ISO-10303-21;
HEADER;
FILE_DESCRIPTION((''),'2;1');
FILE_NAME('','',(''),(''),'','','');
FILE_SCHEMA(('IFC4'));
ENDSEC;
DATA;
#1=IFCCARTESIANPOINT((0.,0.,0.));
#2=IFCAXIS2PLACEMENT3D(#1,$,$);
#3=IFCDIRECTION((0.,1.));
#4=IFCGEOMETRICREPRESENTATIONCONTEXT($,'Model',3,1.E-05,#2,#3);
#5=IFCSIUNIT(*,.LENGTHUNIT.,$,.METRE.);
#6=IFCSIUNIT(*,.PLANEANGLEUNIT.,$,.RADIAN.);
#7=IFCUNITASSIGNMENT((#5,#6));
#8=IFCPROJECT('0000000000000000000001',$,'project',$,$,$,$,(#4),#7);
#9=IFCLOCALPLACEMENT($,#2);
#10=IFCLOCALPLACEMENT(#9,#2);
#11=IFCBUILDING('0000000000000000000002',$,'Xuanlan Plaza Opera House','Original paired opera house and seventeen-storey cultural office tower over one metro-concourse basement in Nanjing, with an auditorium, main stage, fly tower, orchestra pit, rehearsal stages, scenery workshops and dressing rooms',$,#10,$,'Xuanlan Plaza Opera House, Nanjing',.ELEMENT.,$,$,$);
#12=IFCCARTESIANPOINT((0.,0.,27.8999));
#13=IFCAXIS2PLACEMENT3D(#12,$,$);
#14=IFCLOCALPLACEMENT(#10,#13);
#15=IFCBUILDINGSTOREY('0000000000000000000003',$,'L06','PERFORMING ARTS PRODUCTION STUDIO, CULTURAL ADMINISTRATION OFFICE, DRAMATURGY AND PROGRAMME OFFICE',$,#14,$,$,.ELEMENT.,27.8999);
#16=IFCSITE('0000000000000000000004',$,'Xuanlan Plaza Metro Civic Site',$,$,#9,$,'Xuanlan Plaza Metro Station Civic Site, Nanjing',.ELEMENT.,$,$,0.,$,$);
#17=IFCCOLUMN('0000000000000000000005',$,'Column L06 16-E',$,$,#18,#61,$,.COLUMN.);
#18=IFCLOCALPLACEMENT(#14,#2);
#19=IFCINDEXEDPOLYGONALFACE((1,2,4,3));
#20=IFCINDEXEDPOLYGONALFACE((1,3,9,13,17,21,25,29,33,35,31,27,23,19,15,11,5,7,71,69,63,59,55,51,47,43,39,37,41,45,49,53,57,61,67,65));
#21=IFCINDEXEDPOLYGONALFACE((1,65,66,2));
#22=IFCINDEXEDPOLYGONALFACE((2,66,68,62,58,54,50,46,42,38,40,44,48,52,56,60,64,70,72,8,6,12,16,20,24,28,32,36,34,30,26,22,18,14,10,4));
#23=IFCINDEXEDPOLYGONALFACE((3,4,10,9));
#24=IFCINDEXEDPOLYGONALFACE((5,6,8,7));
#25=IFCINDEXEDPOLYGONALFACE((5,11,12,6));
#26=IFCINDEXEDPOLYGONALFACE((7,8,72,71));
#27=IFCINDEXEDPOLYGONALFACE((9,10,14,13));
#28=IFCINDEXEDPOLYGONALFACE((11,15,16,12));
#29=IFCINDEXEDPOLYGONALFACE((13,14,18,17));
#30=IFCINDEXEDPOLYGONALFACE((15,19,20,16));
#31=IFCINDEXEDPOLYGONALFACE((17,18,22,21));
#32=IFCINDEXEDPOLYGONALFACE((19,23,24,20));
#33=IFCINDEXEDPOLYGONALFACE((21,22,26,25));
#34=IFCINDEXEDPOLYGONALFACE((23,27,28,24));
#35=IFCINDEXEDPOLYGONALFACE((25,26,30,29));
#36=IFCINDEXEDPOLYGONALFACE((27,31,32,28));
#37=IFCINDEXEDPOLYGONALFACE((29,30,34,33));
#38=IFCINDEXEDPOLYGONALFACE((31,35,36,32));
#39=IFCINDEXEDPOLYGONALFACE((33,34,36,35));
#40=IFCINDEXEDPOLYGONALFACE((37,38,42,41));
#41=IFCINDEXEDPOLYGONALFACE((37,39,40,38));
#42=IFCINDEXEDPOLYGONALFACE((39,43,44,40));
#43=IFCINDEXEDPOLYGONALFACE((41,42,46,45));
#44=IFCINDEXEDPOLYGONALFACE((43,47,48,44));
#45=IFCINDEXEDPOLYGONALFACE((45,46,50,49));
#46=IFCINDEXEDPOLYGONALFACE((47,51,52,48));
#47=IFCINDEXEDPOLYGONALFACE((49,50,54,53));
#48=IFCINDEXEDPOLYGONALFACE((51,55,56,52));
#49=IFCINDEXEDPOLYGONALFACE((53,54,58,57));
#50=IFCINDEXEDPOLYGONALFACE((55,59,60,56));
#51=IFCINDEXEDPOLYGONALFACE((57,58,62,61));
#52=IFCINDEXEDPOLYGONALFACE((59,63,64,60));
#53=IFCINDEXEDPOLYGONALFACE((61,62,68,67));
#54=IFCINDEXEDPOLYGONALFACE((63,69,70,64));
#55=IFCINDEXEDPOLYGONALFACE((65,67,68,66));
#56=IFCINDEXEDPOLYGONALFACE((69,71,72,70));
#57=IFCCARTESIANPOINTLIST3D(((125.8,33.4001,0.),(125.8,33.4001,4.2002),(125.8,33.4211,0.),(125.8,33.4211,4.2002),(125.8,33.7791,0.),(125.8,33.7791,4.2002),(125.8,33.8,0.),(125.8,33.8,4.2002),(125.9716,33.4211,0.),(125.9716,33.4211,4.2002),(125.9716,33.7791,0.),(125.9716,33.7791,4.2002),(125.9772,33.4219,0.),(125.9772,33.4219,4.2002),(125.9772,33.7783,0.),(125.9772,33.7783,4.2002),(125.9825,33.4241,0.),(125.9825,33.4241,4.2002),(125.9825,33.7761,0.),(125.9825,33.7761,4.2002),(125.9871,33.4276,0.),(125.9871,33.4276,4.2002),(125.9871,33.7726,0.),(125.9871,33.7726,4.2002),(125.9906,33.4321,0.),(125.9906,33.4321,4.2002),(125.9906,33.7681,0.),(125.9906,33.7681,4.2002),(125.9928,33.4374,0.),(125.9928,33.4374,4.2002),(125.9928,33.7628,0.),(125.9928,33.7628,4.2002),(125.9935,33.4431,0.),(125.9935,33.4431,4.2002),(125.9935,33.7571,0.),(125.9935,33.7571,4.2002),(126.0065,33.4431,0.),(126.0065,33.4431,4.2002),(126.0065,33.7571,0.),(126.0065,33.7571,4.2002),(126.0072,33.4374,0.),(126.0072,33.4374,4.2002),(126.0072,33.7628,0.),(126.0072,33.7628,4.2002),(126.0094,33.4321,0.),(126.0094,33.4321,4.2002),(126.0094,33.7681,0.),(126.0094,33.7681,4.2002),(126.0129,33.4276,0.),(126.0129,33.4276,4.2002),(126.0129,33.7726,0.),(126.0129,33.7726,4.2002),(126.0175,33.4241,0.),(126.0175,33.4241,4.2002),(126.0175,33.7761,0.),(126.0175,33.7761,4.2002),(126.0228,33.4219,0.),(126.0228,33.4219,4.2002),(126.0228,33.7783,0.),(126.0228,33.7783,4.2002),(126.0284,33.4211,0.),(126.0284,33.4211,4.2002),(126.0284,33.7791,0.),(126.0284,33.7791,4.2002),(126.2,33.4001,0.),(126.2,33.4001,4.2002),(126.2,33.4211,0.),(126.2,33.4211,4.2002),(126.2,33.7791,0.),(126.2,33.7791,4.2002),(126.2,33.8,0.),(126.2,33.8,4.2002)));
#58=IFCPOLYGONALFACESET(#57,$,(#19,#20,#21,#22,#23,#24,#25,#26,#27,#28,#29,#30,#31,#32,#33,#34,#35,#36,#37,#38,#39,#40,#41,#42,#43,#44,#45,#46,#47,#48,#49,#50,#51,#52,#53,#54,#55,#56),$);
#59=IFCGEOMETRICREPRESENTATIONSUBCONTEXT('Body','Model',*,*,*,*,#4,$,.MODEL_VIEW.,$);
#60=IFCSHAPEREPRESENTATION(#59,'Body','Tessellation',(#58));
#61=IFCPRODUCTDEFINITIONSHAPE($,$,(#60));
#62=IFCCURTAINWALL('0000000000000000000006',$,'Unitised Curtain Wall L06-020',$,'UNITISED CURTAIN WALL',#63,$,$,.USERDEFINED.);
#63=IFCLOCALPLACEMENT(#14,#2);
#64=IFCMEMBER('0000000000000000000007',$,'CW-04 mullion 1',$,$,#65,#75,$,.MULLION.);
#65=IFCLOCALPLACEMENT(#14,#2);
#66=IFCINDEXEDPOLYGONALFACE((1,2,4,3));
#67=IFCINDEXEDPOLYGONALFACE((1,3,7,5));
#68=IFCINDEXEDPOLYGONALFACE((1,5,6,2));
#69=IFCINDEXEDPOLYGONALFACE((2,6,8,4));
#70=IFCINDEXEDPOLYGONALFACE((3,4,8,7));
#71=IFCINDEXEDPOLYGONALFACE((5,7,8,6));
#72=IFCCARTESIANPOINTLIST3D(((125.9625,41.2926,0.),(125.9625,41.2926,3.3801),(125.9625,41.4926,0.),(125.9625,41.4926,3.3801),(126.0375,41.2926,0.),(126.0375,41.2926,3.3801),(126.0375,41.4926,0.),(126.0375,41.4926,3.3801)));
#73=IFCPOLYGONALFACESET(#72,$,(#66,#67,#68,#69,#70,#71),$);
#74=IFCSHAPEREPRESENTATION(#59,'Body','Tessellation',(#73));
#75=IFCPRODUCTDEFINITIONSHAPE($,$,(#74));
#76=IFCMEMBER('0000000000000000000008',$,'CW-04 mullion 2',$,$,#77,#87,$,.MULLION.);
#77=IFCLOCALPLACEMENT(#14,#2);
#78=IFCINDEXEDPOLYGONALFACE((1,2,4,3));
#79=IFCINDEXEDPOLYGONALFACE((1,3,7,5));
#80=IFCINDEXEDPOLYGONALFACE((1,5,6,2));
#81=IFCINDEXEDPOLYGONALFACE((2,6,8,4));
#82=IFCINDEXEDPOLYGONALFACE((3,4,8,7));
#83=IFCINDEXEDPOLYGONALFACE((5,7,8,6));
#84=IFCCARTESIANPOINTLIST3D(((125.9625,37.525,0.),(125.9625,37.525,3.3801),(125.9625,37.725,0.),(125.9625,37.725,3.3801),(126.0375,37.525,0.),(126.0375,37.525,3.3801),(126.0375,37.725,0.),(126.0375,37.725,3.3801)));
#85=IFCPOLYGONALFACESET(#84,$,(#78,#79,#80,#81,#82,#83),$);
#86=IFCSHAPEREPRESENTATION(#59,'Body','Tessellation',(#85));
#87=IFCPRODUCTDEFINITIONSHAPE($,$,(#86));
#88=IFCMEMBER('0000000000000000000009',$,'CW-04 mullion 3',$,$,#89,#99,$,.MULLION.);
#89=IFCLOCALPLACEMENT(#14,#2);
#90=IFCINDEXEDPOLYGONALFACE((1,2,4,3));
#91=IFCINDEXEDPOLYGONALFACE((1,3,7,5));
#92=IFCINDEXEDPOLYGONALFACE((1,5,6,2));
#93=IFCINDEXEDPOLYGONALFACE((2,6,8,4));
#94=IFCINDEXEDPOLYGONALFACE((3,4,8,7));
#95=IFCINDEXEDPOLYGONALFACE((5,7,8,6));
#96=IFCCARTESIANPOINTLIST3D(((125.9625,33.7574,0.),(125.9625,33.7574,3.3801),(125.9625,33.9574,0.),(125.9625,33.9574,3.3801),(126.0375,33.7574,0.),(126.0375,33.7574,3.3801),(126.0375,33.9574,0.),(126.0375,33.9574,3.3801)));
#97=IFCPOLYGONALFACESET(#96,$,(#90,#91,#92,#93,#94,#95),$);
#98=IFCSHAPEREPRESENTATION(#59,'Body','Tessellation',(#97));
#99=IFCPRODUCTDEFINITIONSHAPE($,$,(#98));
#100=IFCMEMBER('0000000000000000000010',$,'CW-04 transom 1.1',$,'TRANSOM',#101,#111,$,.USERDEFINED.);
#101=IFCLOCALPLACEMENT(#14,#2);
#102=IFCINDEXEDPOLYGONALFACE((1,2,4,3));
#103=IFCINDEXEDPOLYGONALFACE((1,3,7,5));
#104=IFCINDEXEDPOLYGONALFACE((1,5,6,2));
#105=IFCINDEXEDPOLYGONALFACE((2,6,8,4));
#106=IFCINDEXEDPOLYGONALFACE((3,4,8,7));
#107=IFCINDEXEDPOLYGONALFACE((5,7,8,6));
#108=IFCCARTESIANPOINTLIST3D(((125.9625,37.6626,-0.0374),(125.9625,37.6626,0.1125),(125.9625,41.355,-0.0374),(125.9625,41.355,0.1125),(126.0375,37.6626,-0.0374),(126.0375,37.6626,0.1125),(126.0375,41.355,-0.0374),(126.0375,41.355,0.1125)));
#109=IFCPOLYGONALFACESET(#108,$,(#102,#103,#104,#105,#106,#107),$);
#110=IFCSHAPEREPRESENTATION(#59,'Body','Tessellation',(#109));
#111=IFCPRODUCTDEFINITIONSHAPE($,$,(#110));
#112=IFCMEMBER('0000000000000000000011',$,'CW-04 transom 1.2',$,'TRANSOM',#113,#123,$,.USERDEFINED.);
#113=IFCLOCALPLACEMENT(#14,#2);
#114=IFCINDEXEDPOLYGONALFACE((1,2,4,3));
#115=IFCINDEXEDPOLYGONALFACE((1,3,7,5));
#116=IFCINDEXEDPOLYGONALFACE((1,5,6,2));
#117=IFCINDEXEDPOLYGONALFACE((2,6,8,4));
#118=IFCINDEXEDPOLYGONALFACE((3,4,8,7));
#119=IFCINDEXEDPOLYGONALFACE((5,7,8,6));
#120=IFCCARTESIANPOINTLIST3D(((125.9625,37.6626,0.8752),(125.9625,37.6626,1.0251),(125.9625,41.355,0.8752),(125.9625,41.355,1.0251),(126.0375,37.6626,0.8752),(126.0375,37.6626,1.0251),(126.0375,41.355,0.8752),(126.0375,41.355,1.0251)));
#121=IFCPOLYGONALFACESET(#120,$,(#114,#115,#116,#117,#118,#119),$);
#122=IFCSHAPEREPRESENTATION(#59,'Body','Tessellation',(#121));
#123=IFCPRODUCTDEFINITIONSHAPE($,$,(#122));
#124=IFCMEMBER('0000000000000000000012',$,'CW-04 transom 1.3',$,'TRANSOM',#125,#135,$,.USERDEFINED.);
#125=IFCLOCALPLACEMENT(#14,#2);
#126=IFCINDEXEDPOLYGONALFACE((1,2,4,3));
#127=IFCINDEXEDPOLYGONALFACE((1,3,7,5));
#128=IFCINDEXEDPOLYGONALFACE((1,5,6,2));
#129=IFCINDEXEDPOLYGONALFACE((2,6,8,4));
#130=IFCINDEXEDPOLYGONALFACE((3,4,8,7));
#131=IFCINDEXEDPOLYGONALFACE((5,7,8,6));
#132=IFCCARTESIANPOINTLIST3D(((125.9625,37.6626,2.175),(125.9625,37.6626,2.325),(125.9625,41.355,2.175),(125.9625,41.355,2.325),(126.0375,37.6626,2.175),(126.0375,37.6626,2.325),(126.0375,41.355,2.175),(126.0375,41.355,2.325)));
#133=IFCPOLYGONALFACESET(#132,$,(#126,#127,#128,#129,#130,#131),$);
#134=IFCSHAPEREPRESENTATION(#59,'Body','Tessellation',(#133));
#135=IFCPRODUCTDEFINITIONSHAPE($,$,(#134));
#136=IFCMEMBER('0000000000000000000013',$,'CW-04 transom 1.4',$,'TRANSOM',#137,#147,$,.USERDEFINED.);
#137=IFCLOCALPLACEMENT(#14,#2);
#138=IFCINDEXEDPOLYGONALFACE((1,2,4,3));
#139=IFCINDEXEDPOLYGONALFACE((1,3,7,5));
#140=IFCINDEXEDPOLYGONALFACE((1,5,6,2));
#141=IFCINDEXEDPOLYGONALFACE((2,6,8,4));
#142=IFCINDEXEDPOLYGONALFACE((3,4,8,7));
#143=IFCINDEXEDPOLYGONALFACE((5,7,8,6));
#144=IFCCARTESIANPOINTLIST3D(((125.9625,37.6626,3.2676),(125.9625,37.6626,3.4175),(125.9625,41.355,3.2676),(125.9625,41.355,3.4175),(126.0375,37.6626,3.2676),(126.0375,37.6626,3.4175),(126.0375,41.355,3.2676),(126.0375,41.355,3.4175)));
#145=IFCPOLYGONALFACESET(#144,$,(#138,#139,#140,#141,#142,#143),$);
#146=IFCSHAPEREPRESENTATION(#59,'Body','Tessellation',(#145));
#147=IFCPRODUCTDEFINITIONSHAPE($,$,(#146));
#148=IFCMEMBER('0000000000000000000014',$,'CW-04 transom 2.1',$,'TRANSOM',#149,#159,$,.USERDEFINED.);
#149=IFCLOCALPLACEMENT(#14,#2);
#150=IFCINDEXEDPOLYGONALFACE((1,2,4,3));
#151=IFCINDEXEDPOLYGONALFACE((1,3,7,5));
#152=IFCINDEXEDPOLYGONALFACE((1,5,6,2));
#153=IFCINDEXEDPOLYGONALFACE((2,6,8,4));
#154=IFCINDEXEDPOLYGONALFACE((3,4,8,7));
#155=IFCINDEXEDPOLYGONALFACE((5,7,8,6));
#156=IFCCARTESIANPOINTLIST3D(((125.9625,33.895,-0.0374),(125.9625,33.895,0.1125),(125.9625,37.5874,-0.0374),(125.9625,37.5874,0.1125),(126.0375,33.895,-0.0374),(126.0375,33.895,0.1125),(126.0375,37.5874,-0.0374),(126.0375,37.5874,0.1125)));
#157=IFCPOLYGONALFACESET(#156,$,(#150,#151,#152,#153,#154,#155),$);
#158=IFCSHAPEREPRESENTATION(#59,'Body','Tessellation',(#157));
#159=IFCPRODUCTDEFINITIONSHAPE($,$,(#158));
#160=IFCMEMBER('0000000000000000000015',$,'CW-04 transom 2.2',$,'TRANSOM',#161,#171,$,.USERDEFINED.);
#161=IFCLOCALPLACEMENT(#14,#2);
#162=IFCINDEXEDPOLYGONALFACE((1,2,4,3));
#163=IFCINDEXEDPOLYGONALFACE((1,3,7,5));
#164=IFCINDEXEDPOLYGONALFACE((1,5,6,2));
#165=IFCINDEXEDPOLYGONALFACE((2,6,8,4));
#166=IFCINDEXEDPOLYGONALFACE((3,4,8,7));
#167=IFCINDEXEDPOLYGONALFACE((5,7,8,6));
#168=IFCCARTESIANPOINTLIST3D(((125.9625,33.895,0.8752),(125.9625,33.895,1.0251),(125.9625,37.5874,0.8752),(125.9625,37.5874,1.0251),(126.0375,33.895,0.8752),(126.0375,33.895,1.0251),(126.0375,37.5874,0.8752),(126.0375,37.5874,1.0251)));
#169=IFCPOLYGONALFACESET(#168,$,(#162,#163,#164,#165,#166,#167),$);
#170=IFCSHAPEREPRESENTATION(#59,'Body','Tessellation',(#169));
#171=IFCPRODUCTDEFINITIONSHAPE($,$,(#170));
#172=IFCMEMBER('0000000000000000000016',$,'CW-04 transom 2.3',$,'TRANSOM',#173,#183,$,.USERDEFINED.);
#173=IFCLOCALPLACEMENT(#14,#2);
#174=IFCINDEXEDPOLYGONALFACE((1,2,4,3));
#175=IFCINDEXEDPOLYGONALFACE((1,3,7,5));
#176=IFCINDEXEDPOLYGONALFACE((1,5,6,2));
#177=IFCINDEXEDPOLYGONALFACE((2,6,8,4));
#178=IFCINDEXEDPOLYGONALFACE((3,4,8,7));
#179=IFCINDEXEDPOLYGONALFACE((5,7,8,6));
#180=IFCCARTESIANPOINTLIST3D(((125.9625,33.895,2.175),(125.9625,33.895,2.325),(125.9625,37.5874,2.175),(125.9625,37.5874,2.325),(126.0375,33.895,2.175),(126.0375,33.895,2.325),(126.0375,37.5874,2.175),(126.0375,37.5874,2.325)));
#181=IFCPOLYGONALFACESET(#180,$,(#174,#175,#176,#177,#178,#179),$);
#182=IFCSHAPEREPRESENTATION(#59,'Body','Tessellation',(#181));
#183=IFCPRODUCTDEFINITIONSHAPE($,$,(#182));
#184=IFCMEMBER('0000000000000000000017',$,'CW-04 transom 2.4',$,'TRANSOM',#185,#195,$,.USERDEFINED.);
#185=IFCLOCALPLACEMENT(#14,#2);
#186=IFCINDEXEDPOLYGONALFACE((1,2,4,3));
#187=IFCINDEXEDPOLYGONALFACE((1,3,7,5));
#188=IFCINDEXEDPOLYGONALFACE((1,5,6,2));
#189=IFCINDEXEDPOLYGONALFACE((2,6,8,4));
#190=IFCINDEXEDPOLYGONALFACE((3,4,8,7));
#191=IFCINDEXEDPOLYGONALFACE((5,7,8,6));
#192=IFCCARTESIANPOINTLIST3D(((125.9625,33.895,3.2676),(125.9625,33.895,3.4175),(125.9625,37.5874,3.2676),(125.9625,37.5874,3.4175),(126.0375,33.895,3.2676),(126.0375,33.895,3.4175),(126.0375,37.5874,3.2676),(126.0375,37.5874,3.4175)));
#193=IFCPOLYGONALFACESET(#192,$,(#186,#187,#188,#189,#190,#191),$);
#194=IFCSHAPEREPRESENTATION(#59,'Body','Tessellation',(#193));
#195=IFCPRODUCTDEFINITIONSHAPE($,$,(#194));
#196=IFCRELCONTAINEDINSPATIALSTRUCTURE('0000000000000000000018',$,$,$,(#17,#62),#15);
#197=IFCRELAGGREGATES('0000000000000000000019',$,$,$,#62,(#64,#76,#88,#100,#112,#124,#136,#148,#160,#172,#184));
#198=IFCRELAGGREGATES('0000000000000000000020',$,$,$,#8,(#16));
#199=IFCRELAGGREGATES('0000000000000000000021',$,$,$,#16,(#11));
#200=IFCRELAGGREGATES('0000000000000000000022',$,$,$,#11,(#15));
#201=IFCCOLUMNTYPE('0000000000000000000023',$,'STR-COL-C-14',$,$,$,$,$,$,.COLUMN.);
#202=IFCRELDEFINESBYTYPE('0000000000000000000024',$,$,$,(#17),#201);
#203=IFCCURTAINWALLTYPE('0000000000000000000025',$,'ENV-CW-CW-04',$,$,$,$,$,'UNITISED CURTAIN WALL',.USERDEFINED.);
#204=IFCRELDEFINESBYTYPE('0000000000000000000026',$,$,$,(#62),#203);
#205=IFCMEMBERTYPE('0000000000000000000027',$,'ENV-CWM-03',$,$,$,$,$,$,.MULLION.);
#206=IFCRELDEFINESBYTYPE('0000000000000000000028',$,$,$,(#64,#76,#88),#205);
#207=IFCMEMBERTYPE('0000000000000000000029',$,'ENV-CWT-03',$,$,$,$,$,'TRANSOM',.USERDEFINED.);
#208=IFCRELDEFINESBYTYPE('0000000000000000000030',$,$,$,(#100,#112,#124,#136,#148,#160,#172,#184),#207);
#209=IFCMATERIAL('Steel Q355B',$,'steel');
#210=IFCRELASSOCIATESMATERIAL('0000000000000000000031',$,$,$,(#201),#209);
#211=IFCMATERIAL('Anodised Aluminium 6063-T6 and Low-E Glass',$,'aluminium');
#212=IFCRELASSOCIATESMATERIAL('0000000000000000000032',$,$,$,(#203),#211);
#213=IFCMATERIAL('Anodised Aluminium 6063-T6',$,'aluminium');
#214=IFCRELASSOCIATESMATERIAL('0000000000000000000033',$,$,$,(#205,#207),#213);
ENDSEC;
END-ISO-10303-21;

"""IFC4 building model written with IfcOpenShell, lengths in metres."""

from ifc_helpers import new_model, si_unit, direction, frame, origin, origin_2d, place, context, subcontext, project, spatial, rectangle, i_section, extrude, material, material_profile, profile_set, type_object, element, aggregate, save


model = new_model("IFC4")

# Units and contexts
model_context = context("Model", 3, precision=1e-05, world=origin(), true_north=direction((0.0, 1.0)))
body_context = subcontext(model_context, "Body", "Model", "MODEL_VIEW")
ifc_project = project(units=[si_unit("LENGTHUNIT", "METRE"), si_unit("PLANEANGLEUNIT", "RADIAN")], contexts=[model_context])

# Site, building, storey
site_placement = place(None, origin())
site = spatial("IfcSite", under=ifc_project, at=site_placement, Name="Xuanlan Plaza Metro Civic Site", LongName="Xuanlan Plaza Metro Station Civic Site, Nanjing", CompositionType="ELEMENT", RefElevation=0.0)
building_placement = place(site_placement, origin())
building = spatial("IfcBuilding", under=site, at=building_placement, Name="Xuanlan Plaza Opera House", Description="Original paired opera house and seventeen-storey cultural office tower over one metro-concourse basement in Nanjing, with an auditorium, main stage, fly tower, orchestra pit, rehearsal stages, scenery workshops and dressing rooms", LongName="Xuanlan Plaza Opera House, Nanjing", CompositionType="ELEMENT")
storey_placement = place(building_placement, frame((0.0, 0.0, 27.8999)))
storey = spatial("IfcBuildingStorey", under=building, at=storey_placement, Name="L06", Description="PERFORMING ARTS PRODUCTION STUDIO, CULTURAL ADMINISTRATION OFFICE, DRAMATURGY AND PROGRAMME OFFICE", CompositionType="ELEMENT", Elevation=27.8999)

# Column
ifc_material_1 = material(Name="Steel Q355B", Category="steel")
ifc_material_profile_1 = material_profile(ifc_material_1, i_section(OverallWidth=0.3999, OverallDepth=0.3999, WebThickness=0.0129, FlangeThickness=0.021, FilletRadius=0.022, at=origin_2d()), Name="HW 400x400x13x21")
ifc_profile_set_1 = profile_set([ifc_material_profile_1], Name="Steel Q355B")
column_type = type_object("IfcColumnType", Name="STR-COL-C-14", PredefinedType="COLUMN", material=ifc_profile_set_1)
column_placement = place(storey_placement, frame((126.0, 33.6001, 0.0), z_axis=(0.0, 0.0, 1.0), x_axis=(1.0, 0.0, 0.0)))
element("IfcColumn", 1, at=column_placement, inside=storey, type_object=column_type, Name="Column L06 16-E", PredefinedType="COLUMN", context=body_context, shape_type="SweptSolid", body=[
    extrude(i_section(OverallWidth=0.3999, OverallDepth=0.3999, WebThickness=0.0129, FlangeThickness=0.021, FilletRadius=0.022, at=origin_2d()), origin(), (0.0, 0.0, 1.0), 4.2002),
])

# Curtain wall, members
ifc_material_2 = material(Name="Anodised Aluminium 6063-T6 and Low-E Glass", Category="aluminium")
curtain_wall_type_1 = type_object("IfcCurtainWallType", Name="ENV-CW-CW-04", ElementType="UNITISED CURTAIN WALL", PredefinedType="USERDEFINED", material=ifc_material_2)
curtain_wall_1_placement = place(storey_placement, origin())
curtain_wall_1 = element("IfcCurtainWall", 2, at=curtain_wall_1_placement, inside=storey, type_object=curtain_wall_type_1, Name="Unitised Curtain Wall L06-020", ObjectType="UNITISED CURTAIN WALL", PredefinedType="USERDEFINED")
ifc_material_3 = material(Name="Anodised Aluminium 6063-T6", Category="aluminium")
ifc_material_profile_2 = material_profile(ifc_material_3, rectangle(XDim=0.075, YDim=0.2, at=origin_2d()), Name="ALU-M 75x200")
ifc_profile_set_2 = profile_set([ifc_material_profile_2], Name="Anodised Aluminium 6063-T6")
member_type_1 = type_object("IfcMemberType", Name="ENV-CWM-03", PredefinedType="MULLION", material=ifc_profile_set_2)
member_1_placement = place(storey_placement, frame((126.0, 41.3926, 0.0), z_axis=(0.0, 0.0, 1.0), x_axis=(1.0, 0.0, 0.0)))
member_1 = element("IfcMember", 3, at=member_1_placement, type_object=member_type_1, Name="CW-04 mullion 1", PredefinedType="MULLION", context=body_context, shape_type="SweptSolid", body=[
    extrude(rectangle(XDim=0.075, YDim=0.2, at=origin_2d()), origin(), (0.0, 0.0, 1.0), 3.3801),
])
member_2_placement = place(storey_placement, frame((126.0, 37.625, 0.0), z_axis=(0.0, 0.0, 1.0), x_axis=(1.0, 0.0, 0.0)))
member_2 = element("IfcMember", 4, at=member_2_placement, type_object=member_type_1, Name="CW-04 mullion 2", PredefinedType="MULLION", context=body_context, shape_type="SweptSolid", body=[
    extrude(rectangle(XDim=0.075, YDim=0.2, at=origin_2d()), origin(), (0.0, 0.0, 1.0), 3.3801),
])
member_3_placement = place(storey_placement, frame((126.0, 33.8574, 0.0), z_axis=(0.0, 0.0, 1.0), x_axis=(1.0, 0.0, 0.0)))
member_3 = element("IfcMember", 5, at=member_3_placement, type_object=member_type_1, Name="CW-04 mullion 3", PredefinedType="MULLION", context=body_context, shape_type="SweptSolid", body=[
    extrude(rectangle(XDim=0.075, YDim=0.2, at=origin_2d()), origin(), (0.0, 0.0, 1.0), 3.3801),
])
ifc_material_profile_3 = material_profile(ifc_material_3, rectangle(XDim=0.075, YDim=0.1499, at=origin_2d()), Name="ALU-T 75x150")
ifc_profile_set_3 = profile_set([ifc_material_profile_3], Name="Anodised Aluminium 6063-T6")
member_type_2 = type_object("IfcMemberType", Name="ENV-CWT-03", ElementType="TRANSOM", PredefinedType="USERDEFINED", material=ifc_profile_set_3)
member_4_placement = place(storey_placement, frame((126.0, 41.355, 0.0376), z_axis=(0.0, -1.0, 0.0), x_axis=(1.0, 0.0, 0.0)))
member_4 = element("IfcMember", 6, at=member_4_placement, type_object=member_type_2, Name="CW-04 transom 1.1", ObjectType="TRANSOM", PredefinedType="USERDEFINED", context=body_context, shape_type="SweptSolid", body=[
    extrude(rectangle(XDim=0.075, YDim=0.1499, at=origin_2d()), origin(), (0.0, 0.0, 1.0), 3.6924),
])
member_5_placement = place(storey_placement, frame((126.0, 41.355, 0.9502), z_axis=(0.0, -1.0, 0.0), x_axis=(1.0, 0.0, 0.0)))
member_5 = element("IfcMember", 7, at=member_5_placement, type_object=member_type_2, Name="CW-04 transom 1.2", ObjectType="TRANSOM", PredefinedType="USERDEFINED", context=body_context, shape_type="SweptSolid", body=[
    extrude(rectangle(XDim=0.075, YDim=0.1499, at=origin_2d()), origin(), (0.0, 0.0, 1.0), 3.6924),
])
member_6_placement = place(storey_placement, frame((126.0, 41.355, 2.25), z_axis=(0.0, -1.0, 0.0), x_axis=(1.0, 0.0, 0.0)))
member_6 = element("IfcMember", 8, at=member_6_placement, type_object=member_type_2, Name="CW-04 transom 1.3", ObjectType="TRANSOM", PredefinedType="USERDEFINED", context=body_context, shape_type="SweptSolid", body=[
    extrude(rectangle(XDim=0.075, YDim=0.1499, at=origin_2d()), origin(), (0.0, 0.0, 1.0), 3.6924),
])
member_7_placement = place(storey_placement, frame((126.0, 41.355, 3.3425), z_axis=(0.0, -1.0, 0.0), x_axis=(1.0, 0.0, 0.0)))
member_7 = element("IfcMember", 9, at=member_7_placement, type_object=member_type_2, Name="CW-04 transom 1.4", ObjectType="TRANSOM", PredefinedType="USERDEFINED", context=body_context, shape_type="SweptSolid", body=[
    extrude(rectangle(XDim=0.075, YDim=0.1499, at=origin_2d()), origin(), (0.0, 0.0, 1.0), 3.6924),
])
member_8_placement = place(storey_placement, frame((126.0, 37.5874, 0.0376), z_axis=(0.0, -1.0, 0.0), x_axis=(1.0, 0.0, 0.0)))
member_8 = element("IfcMember", 10, at=member_8_placement, type_object=member_type_2, Name="CW-04 transom 2.1", ObjectType="TRANSOM", PredefinedType="USERDEFINED", context=body_context, shape_type="SweptSolid", body=[
    extrude(rectangle(XDim=0.075, YDim=0.1499, at=origin_2d()), origin(), (0.0, 0.0, 1.0), 3.6924),
])
member_9_placement = place(storey_placement, frame((126.0, 37.5874, 0.9502), z_axis=(0.0, -1.0, 0.0), x_axis=(1.0, 0.0, 0.0)))
member_9 = element("IfcMember", 11, at=member_9_placement, type_object=member_type_2, Name="CW-04 transom 2.2", ObjectType="TRANSOM", PredefinedType="USERDEFINED", context=body_context, shape_type="SweptSolid", body=[
    extrude(rectangle(XDim=0.075, YDim=0.1499, at=origin_2d()), origin(), (0.0, 0.0, 1.0), 3.6924),
])
member_10_placement = place(storey_placement, frame((126.0, 37.5874, 2.25), z_axis=(0.0, -1.0, 0.0), x_axis=(1.0, 0.0, 0.0)))
member_10 = element("IfcMember", 12, at=member_10_placement, type_object=member_type_2, Name="CW-04 transom 2.3", ObjectType="TRANSOM", PredefinedType="USERDEFINED", context=body_context, shape_type="SweptSolid", body=[
    extrude(rectangle(XDim=0.075, YDim=0.1499, at=origin_2d()), origin(), (0.0, 0.0, 1.0), 3.6924),
])
member_11_placement = place(storey_placement, frame((126.0, 37.5874, 3.3425), z_axis=(0.0, -1.0, 0.0), x_axis=(1.0, 0.0, 0.0)))
member_11 = element("IfcMember", 13, at=member_11_placement, type_object=member_type_2, Name="CW-04 transom 2.4", ObjectType="TRANSOM", PredefinedType="USERDEFINED", context=body_context, shape_type="SweptSolid", body=[
    extrude(rectangle(XDim=0.075, YDim=0.1499, at=origin_2d()), origin(), (0.0, 0.0, 1.0), 3.6924),
])

aggregate(curtain_wall_1, [member_1, member_2, member_3, member_4, member_5, member_6, member_7, member_8, member_9, member_10, member_11])

save(model, "model.ifc")
